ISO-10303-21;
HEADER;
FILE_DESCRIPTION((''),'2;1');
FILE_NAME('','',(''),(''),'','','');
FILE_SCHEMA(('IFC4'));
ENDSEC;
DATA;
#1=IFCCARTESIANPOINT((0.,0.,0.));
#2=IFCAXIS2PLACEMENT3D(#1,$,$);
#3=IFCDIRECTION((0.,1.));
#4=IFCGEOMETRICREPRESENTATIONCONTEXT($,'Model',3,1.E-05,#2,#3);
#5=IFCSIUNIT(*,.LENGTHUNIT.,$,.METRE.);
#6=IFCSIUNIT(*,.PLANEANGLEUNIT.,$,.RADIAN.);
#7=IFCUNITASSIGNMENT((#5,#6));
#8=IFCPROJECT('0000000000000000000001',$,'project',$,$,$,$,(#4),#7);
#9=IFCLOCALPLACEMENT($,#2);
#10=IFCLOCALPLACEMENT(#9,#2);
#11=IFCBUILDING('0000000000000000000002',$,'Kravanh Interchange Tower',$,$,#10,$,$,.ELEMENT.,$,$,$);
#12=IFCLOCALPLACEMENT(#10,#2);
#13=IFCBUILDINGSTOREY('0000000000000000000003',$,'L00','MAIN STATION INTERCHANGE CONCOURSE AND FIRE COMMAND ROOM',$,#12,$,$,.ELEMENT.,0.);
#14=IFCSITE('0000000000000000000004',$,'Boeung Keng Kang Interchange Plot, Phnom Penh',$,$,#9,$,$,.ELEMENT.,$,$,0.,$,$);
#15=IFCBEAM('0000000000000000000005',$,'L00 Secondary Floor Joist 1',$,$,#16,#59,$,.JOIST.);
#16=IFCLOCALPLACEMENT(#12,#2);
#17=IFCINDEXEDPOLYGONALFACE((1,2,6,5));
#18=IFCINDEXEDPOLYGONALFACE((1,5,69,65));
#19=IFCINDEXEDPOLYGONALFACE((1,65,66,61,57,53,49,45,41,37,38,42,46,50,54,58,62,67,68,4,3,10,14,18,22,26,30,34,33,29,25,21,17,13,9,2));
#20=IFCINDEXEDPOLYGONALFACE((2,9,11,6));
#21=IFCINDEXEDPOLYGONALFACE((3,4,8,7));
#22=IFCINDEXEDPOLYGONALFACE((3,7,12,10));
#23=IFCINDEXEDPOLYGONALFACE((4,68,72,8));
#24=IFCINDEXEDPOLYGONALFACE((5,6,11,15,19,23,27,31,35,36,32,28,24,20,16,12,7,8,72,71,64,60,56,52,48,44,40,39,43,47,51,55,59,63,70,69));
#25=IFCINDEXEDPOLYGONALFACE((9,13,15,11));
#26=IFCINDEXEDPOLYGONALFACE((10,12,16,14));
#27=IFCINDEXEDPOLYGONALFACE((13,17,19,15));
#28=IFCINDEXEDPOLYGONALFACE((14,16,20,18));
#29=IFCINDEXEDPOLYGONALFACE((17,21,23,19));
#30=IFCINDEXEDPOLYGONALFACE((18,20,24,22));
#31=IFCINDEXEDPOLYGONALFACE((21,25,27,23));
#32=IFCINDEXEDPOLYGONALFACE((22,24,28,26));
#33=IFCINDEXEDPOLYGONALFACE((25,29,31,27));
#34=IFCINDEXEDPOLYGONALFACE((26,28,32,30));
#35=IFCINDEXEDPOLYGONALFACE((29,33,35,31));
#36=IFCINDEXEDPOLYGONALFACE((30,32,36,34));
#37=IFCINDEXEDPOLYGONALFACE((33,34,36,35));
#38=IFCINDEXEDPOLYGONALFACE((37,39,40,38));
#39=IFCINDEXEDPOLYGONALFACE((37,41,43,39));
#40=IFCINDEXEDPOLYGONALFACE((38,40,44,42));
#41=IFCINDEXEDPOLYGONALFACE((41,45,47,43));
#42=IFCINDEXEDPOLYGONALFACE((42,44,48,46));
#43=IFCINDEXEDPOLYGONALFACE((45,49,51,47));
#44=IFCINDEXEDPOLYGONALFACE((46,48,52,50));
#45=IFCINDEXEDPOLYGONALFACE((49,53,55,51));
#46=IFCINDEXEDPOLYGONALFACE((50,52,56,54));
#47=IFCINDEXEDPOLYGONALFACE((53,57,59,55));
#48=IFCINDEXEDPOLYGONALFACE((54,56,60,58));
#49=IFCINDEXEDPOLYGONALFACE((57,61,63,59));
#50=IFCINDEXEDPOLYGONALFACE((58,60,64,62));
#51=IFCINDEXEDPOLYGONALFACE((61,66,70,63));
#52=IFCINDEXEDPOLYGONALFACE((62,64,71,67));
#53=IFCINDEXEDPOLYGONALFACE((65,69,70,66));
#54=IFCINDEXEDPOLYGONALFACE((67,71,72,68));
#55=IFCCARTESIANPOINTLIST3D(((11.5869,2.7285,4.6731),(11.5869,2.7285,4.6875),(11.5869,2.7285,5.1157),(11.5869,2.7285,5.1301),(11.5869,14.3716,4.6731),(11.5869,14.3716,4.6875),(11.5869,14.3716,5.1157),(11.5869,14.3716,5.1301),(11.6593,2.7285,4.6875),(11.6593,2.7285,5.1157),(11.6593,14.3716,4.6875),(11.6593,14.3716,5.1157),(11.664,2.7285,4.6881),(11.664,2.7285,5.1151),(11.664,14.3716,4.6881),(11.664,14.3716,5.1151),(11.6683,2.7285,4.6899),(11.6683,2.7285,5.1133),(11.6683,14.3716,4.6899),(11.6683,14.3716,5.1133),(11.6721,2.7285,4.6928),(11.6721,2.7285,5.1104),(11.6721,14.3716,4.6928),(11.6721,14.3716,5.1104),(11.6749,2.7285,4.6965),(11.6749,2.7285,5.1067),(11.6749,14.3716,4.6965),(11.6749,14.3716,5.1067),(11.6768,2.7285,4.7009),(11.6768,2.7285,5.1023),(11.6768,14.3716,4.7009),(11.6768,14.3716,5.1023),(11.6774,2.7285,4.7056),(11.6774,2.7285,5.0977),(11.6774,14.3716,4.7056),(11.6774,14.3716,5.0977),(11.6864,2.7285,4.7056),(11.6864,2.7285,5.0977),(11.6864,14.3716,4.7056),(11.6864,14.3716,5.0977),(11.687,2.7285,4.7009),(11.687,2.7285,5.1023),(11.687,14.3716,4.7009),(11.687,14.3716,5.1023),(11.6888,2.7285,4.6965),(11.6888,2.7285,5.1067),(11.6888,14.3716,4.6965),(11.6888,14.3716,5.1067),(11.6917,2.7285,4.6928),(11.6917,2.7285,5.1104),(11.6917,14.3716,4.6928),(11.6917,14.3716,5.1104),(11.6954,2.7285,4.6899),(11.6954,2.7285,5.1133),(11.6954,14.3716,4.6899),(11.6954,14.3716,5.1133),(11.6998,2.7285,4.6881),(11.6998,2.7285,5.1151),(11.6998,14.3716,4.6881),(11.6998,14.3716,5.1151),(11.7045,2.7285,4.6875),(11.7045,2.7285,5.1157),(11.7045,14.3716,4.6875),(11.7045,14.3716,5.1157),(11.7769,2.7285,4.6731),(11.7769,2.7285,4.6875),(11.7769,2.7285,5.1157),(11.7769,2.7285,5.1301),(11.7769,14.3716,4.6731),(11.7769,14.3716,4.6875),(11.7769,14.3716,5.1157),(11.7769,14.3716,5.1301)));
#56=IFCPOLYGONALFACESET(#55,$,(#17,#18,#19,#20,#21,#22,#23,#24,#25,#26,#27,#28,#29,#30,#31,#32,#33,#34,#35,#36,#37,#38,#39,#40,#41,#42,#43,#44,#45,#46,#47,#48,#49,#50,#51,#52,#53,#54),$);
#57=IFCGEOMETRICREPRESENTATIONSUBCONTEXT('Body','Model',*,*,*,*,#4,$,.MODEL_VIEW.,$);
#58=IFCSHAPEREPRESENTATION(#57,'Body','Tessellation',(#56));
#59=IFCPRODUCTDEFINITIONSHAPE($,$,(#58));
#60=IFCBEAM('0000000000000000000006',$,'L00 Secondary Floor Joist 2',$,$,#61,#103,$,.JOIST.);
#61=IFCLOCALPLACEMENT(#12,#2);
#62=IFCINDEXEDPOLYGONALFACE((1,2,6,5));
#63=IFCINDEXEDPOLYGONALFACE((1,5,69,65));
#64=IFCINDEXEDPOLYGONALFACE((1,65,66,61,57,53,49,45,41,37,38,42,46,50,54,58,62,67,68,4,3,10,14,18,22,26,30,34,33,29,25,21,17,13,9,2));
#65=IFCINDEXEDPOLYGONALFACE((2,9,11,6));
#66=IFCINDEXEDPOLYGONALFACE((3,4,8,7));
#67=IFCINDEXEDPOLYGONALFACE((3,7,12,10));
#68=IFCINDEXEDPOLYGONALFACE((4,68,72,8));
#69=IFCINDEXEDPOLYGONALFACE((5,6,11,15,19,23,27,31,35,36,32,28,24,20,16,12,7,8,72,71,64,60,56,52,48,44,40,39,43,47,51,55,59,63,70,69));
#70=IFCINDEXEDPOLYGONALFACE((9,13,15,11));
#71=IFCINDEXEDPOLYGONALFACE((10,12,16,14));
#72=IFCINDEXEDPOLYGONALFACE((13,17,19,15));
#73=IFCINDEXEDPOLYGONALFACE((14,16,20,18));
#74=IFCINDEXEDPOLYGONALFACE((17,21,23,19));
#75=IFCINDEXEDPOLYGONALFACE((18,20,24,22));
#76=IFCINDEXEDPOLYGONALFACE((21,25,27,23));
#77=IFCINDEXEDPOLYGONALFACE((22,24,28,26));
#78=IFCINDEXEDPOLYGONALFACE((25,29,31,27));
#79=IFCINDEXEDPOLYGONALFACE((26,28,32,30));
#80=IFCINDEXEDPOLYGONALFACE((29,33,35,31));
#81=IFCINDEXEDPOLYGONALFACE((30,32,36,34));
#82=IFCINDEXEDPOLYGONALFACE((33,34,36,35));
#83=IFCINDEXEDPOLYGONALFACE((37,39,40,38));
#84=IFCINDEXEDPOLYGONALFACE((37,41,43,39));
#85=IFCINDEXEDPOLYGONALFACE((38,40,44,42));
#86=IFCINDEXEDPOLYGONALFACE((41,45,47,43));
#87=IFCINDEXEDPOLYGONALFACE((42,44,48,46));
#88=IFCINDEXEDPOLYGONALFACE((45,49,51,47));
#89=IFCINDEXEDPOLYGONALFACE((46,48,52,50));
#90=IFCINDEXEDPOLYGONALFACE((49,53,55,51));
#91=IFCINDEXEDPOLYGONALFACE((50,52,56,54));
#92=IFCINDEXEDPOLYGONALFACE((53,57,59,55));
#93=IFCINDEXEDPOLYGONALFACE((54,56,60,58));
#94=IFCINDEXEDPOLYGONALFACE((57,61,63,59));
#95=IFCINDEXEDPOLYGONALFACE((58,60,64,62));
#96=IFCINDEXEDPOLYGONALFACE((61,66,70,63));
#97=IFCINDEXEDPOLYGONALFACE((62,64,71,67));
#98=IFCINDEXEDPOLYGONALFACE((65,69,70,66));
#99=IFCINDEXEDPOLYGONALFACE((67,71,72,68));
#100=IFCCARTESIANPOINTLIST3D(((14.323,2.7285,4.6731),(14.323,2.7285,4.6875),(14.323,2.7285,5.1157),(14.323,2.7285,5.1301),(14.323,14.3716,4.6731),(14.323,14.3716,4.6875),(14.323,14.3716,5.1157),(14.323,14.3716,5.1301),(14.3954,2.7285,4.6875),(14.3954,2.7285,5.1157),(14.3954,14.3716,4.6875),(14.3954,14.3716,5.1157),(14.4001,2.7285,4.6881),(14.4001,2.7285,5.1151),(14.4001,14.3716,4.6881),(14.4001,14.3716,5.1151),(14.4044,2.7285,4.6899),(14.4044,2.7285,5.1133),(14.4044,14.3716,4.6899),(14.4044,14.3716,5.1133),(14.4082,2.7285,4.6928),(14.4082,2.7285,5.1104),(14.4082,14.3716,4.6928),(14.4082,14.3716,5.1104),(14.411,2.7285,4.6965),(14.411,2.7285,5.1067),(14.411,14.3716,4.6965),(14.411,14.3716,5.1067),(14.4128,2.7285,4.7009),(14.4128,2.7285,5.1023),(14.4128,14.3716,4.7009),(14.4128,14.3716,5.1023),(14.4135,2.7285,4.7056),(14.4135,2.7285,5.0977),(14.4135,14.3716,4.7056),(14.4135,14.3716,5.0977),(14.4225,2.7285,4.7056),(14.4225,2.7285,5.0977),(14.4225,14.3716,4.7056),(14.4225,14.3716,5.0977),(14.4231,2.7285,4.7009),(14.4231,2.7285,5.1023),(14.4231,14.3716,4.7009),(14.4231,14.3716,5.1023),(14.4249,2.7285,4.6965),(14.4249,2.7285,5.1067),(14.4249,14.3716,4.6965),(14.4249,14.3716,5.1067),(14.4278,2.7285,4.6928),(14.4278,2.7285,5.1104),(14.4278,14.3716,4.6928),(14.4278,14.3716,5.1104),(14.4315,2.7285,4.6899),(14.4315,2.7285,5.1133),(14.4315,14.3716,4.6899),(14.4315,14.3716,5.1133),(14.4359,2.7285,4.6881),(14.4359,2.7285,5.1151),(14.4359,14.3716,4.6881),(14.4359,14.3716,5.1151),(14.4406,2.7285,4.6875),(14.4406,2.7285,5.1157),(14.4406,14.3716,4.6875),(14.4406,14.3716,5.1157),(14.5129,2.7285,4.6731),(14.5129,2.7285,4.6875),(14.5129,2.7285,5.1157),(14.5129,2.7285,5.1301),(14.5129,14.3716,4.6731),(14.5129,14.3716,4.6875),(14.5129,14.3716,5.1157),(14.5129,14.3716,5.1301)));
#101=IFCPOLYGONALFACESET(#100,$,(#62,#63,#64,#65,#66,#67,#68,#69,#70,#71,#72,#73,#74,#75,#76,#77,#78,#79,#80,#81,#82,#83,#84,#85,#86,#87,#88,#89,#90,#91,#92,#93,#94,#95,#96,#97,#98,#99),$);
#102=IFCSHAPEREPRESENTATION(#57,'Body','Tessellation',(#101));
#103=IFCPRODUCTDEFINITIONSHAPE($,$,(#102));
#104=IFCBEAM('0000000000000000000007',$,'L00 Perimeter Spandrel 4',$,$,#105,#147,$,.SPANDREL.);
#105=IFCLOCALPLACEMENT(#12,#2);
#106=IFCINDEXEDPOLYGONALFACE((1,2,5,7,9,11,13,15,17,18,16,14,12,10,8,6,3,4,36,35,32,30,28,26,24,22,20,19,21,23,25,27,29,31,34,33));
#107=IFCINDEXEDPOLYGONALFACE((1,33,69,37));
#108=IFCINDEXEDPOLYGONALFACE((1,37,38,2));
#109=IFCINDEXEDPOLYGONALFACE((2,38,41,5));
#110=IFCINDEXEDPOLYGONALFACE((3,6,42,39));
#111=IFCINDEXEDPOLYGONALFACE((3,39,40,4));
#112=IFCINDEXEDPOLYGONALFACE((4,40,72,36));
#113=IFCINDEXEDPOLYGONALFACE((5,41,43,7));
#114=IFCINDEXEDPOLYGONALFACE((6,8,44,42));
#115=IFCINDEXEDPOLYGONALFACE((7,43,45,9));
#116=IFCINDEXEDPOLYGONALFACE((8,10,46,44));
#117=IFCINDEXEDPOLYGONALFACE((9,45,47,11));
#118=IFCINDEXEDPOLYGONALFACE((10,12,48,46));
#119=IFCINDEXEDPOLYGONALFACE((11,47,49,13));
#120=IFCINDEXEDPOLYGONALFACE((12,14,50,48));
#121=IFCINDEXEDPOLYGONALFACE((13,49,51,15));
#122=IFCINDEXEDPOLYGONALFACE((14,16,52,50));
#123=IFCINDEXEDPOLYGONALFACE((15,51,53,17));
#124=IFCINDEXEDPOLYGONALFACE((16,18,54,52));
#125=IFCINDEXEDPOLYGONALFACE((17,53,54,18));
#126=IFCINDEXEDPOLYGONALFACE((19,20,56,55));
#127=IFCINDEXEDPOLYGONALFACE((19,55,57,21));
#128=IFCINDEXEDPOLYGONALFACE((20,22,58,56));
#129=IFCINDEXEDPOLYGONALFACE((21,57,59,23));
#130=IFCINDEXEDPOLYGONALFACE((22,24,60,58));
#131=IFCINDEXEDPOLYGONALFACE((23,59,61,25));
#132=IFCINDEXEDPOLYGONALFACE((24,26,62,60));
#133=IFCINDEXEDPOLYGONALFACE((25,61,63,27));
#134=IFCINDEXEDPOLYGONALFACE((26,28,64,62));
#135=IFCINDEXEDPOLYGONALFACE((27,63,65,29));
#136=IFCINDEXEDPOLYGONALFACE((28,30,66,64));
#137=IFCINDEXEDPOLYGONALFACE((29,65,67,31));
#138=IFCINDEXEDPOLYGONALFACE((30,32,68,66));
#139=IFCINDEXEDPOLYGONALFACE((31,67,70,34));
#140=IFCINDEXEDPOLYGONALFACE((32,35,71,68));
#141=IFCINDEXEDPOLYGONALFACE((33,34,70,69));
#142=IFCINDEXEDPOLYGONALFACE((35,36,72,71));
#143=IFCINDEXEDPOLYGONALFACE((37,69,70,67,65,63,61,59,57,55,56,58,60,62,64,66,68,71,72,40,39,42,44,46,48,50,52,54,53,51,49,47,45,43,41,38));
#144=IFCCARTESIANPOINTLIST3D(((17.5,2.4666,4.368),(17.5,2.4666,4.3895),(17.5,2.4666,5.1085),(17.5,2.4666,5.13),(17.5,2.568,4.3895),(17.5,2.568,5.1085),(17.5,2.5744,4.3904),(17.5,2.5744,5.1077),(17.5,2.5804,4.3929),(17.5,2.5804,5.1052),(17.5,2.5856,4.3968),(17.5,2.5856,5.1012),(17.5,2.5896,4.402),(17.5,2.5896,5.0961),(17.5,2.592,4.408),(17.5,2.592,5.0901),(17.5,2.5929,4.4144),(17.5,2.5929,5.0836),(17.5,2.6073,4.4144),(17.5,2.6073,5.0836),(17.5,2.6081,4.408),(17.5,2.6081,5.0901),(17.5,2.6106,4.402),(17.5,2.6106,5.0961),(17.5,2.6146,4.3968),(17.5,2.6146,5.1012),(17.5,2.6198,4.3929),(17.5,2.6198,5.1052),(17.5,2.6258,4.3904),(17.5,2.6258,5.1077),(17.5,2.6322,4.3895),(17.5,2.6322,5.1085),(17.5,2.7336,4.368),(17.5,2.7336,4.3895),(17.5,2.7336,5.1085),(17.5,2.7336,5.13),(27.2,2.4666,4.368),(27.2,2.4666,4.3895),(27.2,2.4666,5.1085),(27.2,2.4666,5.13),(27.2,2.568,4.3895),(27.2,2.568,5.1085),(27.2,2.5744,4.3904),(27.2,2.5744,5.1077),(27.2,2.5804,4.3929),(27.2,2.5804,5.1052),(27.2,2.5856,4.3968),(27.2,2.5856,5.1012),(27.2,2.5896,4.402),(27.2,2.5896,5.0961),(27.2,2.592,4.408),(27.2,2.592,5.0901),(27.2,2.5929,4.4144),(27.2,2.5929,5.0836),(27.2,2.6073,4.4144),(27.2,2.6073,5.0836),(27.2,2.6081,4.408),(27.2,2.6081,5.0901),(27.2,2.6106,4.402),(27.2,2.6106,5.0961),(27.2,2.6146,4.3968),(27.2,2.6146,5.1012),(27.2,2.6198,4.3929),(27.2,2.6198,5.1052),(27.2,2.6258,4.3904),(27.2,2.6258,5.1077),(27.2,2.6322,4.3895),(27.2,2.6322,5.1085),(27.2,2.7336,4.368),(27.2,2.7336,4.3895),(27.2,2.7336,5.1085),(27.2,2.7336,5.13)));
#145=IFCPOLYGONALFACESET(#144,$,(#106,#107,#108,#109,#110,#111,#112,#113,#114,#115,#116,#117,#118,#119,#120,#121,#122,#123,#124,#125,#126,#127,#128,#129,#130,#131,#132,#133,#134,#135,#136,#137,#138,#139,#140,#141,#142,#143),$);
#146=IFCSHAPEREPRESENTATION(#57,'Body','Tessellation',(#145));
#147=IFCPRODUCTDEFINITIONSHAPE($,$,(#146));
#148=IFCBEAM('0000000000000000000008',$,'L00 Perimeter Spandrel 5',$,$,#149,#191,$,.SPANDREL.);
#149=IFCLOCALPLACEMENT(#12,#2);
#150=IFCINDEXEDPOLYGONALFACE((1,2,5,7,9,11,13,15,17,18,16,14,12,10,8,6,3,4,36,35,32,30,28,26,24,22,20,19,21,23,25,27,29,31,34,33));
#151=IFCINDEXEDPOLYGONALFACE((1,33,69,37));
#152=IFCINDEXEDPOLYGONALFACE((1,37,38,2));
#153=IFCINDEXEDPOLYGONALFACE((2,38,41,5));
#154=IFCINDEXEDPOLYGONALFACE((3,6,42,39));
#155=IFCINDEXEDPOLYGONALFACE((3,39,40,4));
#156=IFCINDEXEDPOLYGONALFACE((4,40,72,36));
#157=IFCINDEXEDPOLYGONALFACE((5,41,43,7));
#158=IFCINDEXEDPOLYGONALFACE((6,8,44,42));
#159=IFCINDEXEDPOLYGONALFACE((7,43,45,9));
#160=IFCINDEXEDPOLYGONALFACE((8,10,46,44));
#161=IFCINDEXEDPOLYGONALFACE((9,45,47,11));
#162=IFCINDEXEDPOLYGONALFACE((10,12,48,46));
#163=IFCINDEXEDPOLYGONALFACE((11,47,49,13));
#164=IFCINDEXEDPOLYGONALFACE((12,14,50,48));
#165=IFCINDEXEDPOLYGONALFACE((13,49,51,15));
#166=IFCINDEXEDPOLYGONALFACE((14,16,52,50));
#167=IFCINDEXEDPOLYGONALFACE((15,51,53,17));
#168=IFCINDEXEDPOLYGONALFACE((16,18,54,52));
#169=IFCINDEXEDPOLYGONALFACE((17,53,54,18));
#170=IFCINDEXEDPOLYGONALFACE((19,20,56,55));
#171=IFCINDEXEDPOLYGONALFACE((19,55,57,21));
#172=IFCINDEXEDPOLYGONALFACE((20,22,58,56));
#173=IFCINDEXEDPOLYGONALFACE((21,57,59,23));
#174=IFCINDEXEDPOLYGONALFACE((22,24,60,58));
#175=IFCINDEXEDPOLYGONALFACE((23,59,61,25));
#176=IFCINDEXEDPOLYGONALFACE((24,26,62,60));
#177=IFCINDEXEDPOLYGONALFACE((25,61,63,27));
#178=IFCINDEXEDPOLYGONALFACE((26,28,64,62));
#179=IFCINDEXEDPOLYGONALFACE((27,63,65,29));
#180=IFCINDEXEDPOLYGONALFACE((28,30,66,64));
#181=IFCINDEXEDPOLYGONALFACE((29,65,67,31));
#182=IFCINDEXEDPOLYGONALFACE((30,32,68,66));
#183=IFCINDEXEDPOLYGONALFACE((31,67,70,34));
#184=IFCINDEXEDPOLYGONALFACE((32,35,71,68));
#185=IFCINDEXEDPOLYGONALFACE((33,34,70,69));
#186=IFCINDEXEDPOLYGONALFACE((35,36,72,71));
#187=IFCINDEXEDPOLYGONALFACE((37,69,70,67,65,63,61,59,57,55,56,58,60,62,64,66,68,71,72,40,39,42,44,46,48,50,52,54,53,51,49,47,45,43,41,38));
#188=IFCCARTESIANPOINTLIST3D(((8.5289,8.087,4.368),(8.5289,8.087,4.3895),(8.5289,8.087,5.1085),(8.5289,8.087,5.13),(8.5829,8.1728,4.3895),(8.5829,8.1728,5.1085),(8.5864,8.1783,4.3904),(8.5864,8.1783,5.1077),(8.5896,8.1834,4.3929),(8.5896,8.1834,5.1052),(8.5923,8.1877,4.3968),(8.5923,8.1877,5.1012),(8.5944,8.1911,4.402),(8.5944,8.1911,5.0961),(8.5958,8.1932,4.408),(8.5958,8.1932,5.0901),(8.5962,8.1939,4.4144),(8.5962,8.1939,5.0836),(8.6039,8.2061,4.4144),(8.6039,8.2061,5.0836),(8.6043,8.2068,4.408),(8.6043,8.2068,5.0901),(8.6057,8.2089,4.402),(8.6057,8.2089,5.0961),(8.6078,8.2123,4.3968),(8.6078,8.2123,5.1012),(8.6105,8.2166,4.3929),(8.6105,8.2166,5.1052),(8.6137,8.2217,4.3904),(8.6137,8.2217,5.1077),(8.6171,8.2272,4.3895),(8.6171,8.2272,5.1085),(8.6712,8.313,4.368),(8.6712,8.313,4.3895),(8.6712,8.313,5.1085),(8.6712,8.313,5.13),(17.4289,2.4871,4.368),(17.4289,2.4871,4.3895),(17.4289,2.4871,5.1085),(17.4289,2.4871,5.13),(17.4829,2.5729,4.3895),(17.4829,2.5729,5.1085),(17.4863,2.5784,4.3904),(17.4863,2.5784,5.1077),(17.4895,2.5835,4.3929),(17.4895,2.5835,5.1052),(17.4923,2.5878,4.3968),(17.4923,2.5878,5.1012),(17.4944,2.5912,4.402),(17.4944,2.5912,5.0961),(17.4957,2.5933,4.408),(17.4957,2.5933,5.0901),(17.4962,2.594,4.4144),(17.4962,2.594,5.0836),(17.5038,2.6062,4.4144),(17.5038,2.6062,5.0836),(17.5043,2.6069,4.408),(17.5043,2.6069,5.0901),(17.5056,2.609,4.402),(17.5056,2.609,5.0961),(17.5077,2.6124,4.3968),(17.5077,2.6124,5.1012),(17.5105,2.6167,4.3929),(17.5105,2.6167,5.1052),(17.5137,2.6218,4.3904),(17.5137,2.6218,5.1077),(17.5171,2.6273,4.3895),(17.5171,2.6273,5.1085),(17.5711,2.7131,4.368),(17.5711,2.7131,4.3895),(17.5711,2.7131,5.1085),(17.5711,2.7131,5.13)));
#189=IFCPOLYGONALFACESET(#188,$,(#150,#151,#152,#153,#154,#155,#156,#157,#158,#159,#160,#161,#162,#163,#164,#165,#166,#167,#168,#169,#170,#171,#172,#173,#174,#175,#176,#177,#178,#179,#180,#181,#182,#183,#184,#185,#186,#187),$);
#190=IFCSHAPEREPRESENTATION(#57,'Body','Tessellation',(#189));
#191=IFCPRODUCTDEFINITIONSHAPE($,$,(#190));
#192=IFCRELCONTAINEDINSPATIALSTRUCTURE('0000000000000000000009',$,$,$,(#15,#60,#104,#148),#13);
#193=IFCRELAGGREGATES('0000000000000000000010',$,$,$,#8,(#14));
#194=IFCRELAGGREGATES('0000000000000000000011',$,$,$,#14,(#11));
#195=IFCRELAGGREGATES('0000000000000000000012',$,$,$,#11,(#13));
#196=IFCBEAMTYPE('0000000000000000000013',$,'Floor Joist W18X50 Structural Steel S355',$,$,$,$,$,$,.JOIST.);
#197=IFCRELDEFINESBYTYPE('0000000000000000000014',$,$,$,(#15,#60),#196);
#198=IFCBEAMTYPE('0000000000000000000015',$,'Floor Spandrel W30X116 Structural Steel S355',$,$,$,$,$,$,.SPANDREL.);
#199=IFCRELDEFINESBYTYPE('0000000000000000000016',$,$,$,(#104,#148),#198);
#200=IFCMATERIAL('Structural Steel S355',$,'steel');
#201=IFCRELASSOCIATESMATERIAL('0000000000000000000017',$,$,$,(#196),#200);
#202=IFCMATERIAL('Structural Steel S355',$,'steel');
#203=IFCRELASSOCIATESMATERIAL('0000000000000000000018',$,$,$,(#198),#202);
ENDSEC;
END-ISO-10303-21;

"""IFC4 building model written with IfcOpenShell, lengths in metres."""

from ifc_helpers import new_model, si_unit, direction, frame, origin, origin_2d, place, context, subcontext, project, spatial, i_section, extrude, material, material_profile, profile_set, type_object, element, save


model = new_model("IFC4")

# Units and contexts
model_context = context("Model", 3, precision=1e-05, world=origin(), true_north=direction((0.0, 1.0)))
body_context = subcontext(model_context, "Body", "Model", "MODEL_VIEW")
ifc_project = project(units=[si_unit("LENGTHUNIT", "METRE"), si_unit("PLANEANGLEUNIT", "RADIAN")], contexts=[model_context])

# Site, building, storey
site_placement = place(None, origin())
site = spatial("IfcSite", under=ifc_project, at=site_placement, Name="Boeung Keng Kang Interchange Plot, Phnom Penh", CompositionType="ELEMENT", RefElevation=0.0)
building_placement = place(site_placement, origin())
building = spatial("IfcBuilding", under=site, at=building_placement, Name="Kravanh Interchange Tower", CompositionType="ELEMENT")
storey_placement = place(building_placement, origin())
storey = spatial("IfcBuildingStorey", under=building, at=storey_placement, Name="L00", Description="MAIN STATION INTERCHANGE CONCOURSE AND FIRE COMMAND ROOM", CompositionType="ELEMENT", Elevation=0.0)

# Beams
ifc_material_1 = material(Name="Structural Steel S355", Category="steel")
ifc_material_profile_1 = material_profile(ifc_material_1, i_section(OverallWidth=0.1899, OverallDepth=0.457, WebThickness=0.009, FlangeThickness=0.0144, FilletRadius=0.0181, at=origin_2d()), Name="W18X50")
ifc_profile_set_1 = profile_set([ifc_material_profile_1], Name="Structural Steel S355")
beam_type_1 = type_object("IfcBeamType", Name="Floor Joist W18X50 Structural Steel S355", PredefinedType="JOIST", material=ifc_profile_set_1)
for number, where, z_axis, x_axis, name in (
    (1, (11.6819, 2.7285, 4.9016), (0.0, 1.0, 0.0), (-1.0, 0.0, 0.0), "L00 Secondary Floor Joist 1"),
    (2, (14.418, 2.7285, 4.9016), (0.0, 1.0, 0.0), (-1.0, 0.0, 0.0), "L00 Secondary Floor Joist 2"),
):
    element("IfcBeam", number, at=place(storey_placement, frame(where, z_axis=z_axis, x_axis=x_axis)), inside=storey, type_object=beam_type_1, Name=name, PredefinedType="JOIST", context=body_context, shape_type="SweptSolid", body=[
        extrude(i_section(OverallWidth=0.1899, OverallDepth=0.457, WebThickness=0.009, FlangeThickness=0.0144, FilletRadius=0.0181, at=origin_2d()), origin(), (0.0, 0.0, 1.0), 11.6431),
    ])
ifc_material_2 = material(Name="Structural Steel S355", Category="steel")
ifc_material_profile_2 = material_profile(ifc_material_2, i_section(OverallWidth=0.2671, OverallDepth=0.762, WebThickness=0.0144, FlangeThickness=0.0215, FilletRadius=0.0249, at=origin_2d()), Name="W30X116")
ifc_profile_set_2 = profile_set([ifc_material_profile_2], Name="Structural Steel S355")
beam_type_2 = type_object("IfcBeamType", Name="Floor Spandrel W30X116 Structural Steel S355", PredefinedType="SPANDREL", material=ifc_profile_set_2)
beam_1_placement = place(storey_placement, frame((17.5, 2.6001, 4.749), z_axis=(1.0, 0.0, 0.0), x_axis=(0.0, 1.0, 0.0)))
element("IfcBeam", 3, at=beam_1_placement, inside=storey, type_object=beam_type_2, Name="L00 Perimeter Spandrel 4", PredefinedType="SPANDREL", context=body_context, shape_type="SweptSolid", body=[
    extrude(i_section(OverallWidth=0.2671, OverallDepth=0.762, WebThickness=0.0144, FlangeThickness=0.0215, FilletRadius=0.0249, at=origin_2d()), origin(), (0.0, 0.0, 1.0), 9.7),
])
beam_2_placement = place(storey_placement, frame((17.5, 2.6001, 4.749), z_axis=(-0.846395, 0.532555, 0.0), x_axis=(-0.532555, -0.846395, 0.0)))
element("IfcBeam", 4, at=beam_2_placement, inside=storey, type_object=beam_type_2, Name="L00 Perimeter Spandrel 5", PredefinedType="SPANDREL", context=body_context, shape_type="SweptSolid", body=[
    extrude(i_section(OverallWidth=0.2671, OverallDepth=0.762, WebThickness=0.0144, FlangeThickness=0.0215, FilletRadius=0.0249, at=origin_2d()), origin(), (0.0, 0.0, 1.0), 10.5151),
])

save(model, "model.ifc")
